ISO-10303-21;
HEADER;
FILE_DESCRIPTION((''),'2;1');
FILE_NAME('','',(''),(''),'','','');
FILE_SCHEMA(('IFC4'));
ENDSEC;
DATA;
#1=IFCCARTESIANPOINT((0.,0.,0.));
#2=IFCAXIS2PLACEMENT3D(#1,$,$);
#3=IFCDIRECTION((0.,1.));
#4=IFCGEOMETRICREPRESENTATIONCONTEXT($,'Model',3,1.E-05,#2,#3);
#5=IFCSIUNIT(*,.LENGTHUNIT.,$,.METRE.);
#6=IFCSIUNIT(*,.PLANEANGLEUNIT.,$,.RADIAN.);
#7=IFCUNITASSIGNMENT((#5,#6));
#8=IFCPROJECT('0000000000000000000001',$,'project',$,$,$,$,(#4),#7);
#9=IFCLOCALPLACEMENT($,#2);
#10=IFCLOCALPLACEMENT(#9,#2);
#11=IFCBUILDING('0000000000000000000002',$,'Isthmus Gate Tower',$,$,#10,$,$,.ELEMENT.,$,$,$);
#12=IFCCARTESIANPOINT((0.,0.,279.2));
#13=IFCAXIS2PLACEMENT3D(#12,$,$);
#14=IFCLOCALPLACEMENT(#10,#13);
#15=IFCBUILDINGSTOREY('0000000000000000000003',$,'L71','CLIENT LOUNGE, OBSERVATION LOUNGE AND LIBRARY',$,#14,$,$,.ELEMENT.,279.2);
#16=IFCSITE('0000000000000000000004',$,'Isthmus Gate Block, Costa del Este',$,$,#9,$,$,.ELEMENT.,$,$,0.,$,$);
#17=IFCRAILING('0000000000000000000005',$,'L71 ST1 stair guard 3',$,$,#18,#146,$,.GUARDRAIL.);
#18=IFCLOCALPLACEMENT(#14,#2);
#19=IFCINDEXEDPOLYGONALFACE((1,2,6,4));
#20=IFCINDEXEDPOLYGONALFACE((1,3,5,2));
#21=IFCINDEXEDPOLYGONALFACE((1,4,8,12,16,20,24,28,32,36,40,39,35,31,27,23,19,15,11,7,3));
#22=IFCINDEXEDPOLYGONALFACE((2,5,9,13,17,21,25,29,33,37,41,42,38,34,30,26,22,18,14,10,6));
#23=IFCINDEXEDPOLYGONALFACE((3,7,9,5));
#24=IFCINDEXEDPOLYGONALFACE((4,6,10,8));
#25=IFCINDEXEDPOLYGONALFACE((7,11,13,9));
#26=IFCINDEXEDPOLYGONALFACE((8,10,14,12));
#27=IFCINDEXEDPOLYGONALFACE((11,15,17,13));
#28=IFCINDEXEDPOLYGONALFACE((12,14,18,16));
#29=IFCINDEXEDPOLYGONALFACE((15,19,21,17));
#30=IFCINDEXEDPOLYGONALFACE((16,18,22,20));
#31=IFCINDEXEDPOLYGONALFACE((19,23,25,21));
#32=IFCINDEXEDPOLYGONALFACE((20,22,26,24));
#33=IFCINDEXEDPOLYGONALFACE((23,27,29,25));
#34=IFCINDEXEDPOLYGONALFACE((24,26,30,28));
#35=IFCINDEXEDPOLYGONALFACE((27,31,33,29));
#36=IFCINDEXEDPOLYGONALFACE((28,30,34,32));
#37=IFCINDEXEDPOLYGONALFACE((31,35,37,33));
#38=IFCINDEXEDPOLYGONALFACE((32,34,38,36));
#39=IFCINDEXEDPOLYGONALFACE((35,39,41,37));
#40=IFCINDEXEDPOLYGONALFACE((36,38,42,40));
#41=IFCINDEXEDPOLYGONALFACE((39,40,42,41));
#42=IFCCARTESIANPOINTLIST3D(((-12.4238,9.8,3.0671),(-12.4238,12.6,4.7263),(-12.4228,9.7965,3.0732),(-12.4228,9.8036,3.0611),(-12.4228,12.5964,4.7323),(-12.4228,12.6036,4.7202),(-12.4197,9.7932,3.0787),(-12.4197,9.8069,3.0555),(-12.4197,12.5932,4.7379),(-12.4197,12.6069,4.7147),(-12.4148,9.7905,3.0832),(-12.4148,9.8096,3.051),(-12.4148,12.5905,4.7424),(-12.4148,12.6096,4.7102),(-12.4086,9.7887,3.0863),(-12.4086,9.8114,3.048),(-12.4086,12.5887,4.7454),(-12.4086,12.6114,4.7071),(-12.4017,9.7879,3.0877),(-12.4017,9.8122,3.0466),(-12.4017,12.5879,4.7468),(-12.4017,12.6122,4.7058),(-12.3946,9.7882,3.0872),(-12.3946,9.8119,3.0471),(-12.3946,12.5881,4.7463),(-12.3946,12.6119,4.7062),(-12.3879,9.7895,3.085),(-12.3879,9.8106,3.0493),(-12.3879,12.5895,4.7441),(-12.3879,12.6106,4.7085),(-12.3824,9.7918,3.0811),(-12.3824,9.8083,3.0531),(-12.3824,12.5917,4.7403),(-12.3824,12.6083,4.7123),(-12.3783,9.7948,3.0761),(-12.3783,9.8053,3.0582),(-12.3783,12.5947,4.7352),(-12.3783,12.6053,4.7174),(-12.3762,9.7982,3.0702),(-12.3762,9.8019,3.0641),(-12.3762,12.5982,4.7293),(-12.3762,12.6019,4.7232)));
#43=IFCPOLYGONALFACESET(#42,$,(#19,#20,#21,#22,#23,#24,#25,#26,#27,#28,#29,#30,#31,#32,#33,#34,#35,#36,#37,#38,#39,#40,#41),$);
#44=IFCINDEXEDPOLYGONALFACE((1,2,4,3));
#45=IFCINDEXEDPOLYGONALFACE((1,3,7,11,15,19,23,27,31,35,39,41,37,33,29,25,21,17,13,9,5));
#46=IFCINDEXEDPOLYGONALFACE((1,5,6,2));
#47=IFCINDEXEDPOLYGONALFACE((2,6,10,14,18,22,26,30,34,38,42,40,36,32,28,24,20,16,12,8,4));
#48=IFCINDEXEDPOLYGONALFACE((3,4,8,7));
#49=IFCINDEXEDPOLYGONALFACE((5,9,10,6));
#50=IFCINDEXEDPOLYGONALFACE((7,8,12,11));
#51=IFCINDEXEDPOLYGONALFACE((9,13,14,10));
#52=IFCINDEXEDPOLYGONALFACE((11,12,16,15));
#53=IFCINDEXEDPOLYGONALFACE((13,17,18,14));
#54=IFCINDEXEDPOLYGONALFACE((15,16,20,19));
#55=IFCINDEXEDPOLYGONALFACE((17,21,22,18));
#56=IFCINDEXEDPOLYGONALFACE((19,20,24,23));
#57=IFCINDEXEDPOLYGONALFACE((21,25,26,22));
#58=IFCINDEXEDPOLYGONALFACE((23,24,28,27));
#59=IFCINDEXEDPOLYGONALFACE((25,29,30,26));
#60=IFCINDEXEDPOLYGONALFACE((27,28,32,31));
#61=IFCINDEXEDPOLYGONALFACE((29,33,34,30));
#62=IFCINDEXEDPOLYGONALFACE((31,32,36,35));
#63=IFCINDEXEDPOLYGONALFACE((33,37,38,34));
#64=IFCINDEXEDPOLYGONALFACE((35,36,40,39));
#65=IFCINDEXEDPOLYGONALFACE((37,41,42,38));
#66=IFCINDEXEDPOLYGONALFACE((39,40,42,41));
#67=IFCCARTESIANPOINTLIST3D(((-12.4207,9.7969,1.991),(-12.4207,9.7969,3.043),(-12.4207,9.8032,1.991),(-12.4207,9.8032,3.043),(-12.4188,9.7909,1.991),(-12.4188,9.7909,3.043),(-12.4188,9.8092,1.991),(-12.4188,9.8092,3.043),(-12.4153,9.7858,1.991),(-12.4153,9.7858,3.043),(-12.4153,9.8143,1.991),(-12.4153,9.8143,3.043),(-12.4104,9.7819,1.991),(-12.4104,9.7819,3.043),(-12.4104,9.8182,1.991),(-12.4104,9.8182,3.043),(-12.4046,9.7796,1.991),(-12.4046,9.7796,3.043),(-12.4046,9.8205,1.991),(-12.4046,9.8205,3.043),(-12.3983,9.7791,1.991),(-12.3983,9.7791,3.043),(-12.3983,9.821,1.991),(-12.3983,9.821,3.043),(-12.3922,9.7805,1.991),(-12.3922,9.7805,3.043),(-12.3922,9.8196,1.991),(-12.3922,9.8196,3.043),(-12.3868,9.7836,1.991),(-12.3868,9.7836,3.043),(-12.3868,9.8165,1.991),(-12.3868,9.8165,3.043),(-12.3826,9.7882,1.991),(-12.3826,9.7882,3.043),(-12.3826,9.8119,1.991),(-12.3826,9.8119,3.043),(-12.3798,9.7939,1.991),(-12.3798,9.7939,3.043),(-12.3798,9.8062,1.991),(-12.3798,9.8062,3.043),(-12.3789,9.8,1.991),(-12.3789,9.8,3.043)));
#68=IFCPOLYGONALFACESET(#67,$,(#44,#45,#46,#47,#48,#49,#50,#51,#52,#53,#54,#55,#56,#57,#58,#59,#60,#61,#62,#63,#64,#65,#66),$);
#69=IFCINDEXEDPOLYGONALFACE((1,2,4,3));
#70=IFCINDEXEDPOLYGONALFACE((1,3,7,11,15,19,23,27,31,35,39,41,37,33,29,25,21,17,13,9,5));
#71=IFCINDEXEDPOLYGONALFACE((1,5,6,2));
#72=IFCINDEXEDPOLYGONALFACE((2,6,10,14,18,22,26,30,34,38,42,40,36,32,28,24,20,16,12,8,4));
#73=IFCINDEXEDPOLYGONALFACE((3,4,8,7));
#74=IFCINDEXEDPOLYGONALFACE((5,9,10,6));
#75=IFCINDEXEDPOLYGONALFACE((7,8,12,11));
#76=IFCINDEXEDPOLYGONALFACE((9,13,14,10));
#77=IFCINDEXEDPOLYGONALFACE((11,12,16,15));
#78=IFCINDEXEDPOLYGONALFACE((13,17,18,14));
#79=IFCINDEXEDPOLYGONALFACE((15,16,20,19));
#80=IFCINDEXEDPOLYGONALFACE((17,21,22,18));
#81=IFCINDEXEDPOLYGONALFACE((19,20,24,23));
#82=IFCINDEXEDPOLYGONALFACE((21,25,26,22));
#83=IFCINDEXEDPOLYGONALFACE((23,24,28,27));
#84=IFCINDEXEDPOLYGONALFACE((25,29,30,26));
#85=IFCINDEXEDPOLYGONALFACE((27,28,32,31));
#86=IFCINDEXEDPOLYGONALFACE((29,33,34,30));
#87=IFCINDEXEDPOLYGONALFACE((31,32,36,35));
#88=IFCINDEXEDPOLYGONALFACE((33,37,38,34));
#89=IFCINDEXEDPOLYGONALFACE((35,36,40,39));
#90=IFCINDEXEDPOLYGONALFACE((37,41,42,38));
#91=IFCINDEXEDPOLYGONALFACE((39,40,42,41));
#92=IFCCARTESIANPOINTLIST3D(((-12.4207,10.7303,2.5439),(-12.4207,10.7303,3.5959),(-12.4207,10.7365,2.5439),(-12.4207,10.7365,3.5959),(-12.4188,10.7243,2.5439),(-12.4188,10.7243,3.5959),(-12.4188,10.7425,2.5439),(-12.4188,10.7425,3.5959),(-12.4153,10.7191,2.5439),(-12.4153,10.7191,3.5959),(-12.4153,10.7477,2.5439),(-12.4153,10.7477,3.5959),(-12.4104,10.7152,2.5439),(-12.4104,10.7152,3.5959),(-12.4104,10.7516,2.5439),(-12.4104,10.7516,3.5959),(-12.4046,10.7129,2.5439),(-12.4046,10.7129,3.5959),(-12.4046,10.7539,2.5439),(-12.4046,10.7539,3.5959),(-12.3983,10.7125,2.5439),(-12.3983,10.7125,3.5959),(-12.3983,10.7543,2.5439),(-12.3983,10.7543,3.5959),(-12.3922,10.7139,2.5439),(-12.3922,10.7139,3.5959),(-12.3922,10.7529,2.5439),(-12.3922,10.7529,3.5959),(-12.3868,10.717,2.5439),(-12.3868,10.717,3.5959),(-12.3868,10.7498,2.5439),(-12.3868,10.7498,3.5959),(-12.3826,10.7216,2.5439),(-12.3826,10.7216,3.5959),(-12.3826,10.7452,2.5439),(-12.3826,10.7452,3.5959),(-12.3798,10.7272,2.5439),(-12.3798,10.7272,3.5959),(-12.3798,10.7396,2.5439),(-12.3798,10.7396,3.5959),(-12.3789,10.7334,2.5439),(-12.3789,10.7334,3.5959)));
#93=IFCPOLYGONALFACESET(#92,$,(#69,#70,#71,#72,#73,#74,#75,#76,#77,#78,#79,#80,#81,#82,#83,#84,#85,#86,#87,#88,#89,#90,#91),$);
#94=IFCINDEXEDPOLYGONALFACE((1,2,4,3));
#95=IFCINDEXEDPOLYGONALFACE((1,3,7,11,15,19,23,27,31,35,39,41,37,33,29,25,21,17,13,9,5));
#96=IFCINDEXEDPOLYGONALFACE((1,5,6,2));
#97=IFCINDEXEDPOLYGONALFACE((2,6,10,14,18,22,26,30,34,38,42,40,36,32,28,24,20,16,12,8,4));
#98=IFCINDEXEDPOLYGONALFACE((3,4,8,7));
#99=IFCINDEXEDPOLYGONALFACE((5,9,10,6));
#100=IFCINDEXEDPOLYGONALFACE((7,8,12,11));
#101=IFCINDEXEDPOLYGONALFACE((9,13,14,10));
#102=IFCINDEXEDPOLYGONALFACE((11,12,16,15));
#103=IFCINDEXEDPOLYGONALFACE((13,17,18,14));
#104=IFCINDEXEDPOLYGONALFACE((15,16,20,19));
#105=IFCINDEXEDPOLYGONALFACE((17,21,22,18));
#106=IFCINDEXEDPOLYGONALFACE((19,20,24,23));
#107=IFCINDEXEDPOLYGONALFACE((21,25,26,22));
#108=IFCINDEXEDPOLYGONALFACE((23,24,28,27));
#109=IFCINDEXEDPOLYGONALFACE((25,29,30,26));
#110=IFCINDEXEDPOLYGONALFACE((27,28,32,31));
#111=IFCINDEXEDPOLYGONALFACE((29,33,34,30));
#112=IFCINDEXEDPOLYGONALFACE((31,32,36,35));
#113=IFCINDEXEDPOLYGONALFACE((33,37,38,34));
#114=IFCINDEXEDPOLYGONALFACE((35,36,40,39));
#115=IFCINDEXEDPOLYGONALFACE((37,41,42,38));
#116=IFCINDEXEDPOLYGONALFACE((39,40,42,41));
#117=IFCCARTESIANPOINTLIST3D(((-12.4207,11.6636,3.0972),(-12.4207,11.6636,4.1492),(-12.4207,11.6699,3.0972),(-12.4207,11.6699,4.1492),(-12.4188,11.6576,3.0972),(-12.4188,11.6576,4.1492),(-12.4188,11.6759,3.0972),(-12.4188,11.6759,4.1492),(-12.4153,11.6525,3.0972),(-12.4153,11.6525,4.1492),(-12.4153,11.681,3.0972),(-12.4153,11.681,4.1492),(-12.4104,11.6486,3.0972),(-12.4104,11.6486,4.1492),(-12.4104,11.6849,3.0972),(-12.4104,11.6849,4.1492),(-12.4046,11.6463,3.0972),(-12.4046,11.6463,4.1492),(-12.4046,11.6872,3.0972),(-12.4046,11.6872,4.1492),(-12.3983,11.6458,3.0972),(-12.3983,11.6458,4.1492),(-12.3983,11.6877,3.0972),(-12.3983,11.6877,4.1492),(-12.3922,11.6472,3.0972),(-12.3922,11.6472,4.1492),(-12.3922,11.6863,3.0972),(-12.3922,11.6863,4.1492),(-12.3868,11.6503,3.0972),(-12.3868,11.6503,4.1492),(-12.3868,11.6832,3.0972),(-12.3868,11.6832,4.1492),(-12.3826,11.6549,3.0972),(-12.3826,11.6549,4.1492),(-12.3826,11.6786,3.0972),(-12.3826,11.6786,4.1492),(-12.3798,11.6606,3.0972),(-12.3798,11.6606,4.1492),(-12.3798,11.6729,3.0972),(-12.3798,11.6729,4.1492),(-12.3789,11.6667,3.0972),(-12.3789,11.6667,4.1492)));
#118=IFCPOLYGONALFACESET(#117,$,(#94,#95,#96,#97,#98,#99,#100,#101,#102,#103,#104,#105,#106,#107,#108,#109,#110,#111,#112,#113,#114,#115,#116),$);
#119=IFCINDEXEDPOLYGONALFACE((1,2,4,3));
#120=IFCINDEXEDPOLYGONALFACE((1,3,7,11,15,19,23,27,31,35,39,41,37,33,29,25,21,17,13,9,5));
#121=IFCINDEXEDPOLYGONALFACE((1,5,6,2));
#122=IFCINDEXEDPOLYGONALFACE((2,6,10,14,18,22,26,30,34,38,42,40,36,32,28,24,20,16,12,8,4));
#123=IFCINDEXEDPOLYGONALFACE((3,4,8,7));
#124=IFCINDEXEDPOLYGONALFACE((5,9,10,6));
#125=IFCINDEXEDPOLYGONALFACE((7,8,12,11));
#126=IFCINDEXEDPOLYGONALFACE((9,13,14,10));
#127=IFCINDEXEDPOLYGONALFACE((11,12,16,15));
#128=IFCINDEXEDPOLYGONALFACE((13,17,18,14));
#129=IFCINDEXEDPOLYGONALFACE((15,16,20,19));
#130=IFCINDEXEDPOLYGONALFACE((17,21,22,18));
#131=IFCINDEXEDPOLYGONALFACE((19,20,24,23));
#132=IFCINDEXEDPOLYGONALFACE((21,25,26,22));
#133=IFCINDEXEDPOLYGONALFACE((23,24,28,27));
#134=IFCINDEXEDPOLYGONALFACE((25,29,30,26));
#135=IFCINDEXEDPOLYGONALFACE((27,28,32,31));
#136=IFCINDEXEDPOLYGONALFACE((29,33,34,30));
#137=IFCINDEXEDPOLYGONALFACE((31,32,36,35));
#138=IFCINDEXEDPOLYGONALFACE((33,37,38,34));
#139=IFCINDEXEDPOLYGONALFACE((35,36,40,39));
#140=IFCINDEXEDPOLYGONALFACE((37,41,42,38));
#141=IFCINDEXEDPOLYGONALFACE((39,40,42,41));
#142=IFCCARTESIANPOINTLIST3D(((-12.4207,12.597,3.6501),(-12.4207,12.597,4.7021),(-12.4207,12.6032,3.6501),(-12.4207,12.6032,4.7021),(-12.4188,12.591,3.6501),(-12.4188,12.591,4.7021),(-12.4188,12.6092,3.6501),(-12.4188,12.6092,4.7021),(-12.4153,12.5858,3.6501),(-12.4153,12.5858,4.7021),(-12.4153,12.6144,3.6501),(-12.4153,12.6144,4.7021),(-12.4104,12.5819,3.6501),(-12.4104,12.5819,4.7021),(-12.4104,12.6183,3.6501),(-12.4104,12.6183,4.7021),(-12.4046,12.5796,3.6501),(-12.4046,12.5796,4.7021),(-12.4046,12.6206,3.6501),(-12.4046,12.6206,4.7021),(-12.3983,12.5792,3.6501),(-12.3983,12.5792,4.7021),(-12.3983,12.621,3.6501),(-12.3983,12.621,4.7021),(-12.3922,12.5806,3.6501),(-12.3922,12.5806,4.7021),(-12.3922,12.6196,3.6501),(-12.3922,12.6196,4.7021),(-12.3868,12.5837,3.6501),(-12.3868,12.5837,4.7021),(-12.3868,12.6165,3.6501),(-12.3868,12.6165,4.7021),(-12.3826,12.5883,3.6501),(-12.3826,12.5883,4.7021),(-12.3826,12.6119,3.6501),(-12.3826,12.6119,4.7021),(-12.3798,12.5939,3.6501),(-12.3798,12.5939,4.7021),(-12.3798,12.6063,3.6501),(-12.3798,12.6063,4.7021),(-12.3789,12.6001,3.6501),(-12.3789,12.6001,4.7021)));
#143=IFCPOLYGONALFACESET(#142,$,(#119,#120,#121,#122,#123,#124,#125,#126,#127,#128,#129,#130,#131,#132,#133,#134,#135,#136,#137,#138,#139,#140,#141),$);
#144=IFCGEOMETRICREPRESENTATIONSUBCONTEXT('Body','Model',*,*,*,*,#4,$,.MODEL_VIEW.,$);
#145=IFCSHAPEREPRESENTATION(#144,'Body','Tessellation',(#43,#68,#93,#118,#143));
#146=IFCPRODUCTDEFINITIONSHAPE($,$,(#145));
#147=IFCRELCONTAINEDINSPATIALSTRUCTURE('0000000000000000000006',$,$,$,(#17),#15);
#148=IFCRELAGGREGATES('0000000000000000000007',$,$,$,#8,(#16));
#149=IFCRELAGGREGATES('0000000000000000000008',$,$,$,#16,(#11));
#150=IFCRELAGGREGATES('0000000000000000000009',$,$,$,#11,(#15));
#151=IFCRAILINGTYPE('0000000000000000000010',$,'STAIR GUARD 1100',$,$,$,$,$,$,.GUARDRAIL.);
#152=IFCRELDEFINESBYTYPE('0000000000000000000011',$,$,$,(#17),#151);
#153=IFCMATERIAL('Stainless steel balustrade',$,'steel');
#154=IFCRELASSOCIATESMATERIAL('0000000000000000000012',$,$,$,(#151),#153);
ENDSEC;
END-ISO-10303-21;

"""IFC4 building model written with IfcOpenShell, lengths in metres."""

from ifc_helpers import new_model, si_unit, direction, frame, origin, origin_2d, place, context, subcontext, project, spatial, circle, extrude, material, type_object, element, save


model = new_model("IFC4")

# Units and contexts
model_context = context("Model", 3, precision=1e-05, world=origin(), true_north=direction((0.0, 1.0)))
body_context = subcontext(model_context, "Body", "Model", "MODEL_VIEW")
ifc_project = project(units=[si_unit("LENGTHUNIT", "METRE"), si_unit("PLANEANGLEUNIT", "RADIAN")], contexts=[model_context])

# Site, building, storey
site_placement = place(None, origin())
site = spatial("IfcSite", under=ifc_project, at=site_placement, Name="Isthmus Gate Block, Costa del Este", CompositionType="ELEMENT", RefElevation=0.0)
building_placement = place(site_placement, origin())
building = spatial("IfcBuilding", under=site, at=building_placement, Name="Isthmus Gate Tower", CompositionType="ELEMENT")
storey_placement = place(building_placement, frame((0.0, 0.0, 279.2)))
storey = spatial("IfcBuildingStorey", under=building, at=storey_placement, Name="L71", Description="CLIENT LOUNGE, OBSERVATION LOUNGE AND LIBRARY", CompositionType="ELEMENT", Elevation=279.2)

# Railing
ifc_material_1 = material(Name="Stainless steel balustrade", Category="steel")
railing_type_1 = type_object("IfcRailingType", Name="STAIR GUARD 1100", PredefinedType="GUARDRAIL", material=ifc_material_1)
railing_1_placement = place(storey_placement, frame((-12.3999, 9.8, 1.991)))
element("IfcRailing", 1, at=railing_1_placement, inside=storey, type_object=railing_type_1, Name="L71 ST1 stair guard 3", PredefinedType="GUARDRAIL", context=body_context, shape_type="SweptSolid", body=[
    extrude(circle(Radius=0.0239, at=origin_2d()), frame((0.0, 0.0, 1.0762), z_axis=(0.0, 0.860306, 0.509778), x_axis=(-1.0, 0.0, 0.0)), (0.0, 0.0, 1.0), 3.2546),
    extrude(circle(Radius=0.021, at=origin_2d()), origin(), (0.0, 0.0, 1.0), 1.052),
    extrude(circle(Radius=0.021, at=origin_2d()), frame((0.0, 0.9333, 0.553)), (0.0, 0.0, 1.0), 1.052),
    extrude(circle(Radius=0.021, at=origin_2d()), frame((0.0, 1.8667, 1.1062)), (0.0, 0.0, 1.0), 1.052),
    extrude(circle(Radius=0.021, at=origin_2d()), frame((0.0, 2.8, 1.6592)), (0.0, 0.0, 1.0), 1.052),
])

save(model, "model.ifc")
